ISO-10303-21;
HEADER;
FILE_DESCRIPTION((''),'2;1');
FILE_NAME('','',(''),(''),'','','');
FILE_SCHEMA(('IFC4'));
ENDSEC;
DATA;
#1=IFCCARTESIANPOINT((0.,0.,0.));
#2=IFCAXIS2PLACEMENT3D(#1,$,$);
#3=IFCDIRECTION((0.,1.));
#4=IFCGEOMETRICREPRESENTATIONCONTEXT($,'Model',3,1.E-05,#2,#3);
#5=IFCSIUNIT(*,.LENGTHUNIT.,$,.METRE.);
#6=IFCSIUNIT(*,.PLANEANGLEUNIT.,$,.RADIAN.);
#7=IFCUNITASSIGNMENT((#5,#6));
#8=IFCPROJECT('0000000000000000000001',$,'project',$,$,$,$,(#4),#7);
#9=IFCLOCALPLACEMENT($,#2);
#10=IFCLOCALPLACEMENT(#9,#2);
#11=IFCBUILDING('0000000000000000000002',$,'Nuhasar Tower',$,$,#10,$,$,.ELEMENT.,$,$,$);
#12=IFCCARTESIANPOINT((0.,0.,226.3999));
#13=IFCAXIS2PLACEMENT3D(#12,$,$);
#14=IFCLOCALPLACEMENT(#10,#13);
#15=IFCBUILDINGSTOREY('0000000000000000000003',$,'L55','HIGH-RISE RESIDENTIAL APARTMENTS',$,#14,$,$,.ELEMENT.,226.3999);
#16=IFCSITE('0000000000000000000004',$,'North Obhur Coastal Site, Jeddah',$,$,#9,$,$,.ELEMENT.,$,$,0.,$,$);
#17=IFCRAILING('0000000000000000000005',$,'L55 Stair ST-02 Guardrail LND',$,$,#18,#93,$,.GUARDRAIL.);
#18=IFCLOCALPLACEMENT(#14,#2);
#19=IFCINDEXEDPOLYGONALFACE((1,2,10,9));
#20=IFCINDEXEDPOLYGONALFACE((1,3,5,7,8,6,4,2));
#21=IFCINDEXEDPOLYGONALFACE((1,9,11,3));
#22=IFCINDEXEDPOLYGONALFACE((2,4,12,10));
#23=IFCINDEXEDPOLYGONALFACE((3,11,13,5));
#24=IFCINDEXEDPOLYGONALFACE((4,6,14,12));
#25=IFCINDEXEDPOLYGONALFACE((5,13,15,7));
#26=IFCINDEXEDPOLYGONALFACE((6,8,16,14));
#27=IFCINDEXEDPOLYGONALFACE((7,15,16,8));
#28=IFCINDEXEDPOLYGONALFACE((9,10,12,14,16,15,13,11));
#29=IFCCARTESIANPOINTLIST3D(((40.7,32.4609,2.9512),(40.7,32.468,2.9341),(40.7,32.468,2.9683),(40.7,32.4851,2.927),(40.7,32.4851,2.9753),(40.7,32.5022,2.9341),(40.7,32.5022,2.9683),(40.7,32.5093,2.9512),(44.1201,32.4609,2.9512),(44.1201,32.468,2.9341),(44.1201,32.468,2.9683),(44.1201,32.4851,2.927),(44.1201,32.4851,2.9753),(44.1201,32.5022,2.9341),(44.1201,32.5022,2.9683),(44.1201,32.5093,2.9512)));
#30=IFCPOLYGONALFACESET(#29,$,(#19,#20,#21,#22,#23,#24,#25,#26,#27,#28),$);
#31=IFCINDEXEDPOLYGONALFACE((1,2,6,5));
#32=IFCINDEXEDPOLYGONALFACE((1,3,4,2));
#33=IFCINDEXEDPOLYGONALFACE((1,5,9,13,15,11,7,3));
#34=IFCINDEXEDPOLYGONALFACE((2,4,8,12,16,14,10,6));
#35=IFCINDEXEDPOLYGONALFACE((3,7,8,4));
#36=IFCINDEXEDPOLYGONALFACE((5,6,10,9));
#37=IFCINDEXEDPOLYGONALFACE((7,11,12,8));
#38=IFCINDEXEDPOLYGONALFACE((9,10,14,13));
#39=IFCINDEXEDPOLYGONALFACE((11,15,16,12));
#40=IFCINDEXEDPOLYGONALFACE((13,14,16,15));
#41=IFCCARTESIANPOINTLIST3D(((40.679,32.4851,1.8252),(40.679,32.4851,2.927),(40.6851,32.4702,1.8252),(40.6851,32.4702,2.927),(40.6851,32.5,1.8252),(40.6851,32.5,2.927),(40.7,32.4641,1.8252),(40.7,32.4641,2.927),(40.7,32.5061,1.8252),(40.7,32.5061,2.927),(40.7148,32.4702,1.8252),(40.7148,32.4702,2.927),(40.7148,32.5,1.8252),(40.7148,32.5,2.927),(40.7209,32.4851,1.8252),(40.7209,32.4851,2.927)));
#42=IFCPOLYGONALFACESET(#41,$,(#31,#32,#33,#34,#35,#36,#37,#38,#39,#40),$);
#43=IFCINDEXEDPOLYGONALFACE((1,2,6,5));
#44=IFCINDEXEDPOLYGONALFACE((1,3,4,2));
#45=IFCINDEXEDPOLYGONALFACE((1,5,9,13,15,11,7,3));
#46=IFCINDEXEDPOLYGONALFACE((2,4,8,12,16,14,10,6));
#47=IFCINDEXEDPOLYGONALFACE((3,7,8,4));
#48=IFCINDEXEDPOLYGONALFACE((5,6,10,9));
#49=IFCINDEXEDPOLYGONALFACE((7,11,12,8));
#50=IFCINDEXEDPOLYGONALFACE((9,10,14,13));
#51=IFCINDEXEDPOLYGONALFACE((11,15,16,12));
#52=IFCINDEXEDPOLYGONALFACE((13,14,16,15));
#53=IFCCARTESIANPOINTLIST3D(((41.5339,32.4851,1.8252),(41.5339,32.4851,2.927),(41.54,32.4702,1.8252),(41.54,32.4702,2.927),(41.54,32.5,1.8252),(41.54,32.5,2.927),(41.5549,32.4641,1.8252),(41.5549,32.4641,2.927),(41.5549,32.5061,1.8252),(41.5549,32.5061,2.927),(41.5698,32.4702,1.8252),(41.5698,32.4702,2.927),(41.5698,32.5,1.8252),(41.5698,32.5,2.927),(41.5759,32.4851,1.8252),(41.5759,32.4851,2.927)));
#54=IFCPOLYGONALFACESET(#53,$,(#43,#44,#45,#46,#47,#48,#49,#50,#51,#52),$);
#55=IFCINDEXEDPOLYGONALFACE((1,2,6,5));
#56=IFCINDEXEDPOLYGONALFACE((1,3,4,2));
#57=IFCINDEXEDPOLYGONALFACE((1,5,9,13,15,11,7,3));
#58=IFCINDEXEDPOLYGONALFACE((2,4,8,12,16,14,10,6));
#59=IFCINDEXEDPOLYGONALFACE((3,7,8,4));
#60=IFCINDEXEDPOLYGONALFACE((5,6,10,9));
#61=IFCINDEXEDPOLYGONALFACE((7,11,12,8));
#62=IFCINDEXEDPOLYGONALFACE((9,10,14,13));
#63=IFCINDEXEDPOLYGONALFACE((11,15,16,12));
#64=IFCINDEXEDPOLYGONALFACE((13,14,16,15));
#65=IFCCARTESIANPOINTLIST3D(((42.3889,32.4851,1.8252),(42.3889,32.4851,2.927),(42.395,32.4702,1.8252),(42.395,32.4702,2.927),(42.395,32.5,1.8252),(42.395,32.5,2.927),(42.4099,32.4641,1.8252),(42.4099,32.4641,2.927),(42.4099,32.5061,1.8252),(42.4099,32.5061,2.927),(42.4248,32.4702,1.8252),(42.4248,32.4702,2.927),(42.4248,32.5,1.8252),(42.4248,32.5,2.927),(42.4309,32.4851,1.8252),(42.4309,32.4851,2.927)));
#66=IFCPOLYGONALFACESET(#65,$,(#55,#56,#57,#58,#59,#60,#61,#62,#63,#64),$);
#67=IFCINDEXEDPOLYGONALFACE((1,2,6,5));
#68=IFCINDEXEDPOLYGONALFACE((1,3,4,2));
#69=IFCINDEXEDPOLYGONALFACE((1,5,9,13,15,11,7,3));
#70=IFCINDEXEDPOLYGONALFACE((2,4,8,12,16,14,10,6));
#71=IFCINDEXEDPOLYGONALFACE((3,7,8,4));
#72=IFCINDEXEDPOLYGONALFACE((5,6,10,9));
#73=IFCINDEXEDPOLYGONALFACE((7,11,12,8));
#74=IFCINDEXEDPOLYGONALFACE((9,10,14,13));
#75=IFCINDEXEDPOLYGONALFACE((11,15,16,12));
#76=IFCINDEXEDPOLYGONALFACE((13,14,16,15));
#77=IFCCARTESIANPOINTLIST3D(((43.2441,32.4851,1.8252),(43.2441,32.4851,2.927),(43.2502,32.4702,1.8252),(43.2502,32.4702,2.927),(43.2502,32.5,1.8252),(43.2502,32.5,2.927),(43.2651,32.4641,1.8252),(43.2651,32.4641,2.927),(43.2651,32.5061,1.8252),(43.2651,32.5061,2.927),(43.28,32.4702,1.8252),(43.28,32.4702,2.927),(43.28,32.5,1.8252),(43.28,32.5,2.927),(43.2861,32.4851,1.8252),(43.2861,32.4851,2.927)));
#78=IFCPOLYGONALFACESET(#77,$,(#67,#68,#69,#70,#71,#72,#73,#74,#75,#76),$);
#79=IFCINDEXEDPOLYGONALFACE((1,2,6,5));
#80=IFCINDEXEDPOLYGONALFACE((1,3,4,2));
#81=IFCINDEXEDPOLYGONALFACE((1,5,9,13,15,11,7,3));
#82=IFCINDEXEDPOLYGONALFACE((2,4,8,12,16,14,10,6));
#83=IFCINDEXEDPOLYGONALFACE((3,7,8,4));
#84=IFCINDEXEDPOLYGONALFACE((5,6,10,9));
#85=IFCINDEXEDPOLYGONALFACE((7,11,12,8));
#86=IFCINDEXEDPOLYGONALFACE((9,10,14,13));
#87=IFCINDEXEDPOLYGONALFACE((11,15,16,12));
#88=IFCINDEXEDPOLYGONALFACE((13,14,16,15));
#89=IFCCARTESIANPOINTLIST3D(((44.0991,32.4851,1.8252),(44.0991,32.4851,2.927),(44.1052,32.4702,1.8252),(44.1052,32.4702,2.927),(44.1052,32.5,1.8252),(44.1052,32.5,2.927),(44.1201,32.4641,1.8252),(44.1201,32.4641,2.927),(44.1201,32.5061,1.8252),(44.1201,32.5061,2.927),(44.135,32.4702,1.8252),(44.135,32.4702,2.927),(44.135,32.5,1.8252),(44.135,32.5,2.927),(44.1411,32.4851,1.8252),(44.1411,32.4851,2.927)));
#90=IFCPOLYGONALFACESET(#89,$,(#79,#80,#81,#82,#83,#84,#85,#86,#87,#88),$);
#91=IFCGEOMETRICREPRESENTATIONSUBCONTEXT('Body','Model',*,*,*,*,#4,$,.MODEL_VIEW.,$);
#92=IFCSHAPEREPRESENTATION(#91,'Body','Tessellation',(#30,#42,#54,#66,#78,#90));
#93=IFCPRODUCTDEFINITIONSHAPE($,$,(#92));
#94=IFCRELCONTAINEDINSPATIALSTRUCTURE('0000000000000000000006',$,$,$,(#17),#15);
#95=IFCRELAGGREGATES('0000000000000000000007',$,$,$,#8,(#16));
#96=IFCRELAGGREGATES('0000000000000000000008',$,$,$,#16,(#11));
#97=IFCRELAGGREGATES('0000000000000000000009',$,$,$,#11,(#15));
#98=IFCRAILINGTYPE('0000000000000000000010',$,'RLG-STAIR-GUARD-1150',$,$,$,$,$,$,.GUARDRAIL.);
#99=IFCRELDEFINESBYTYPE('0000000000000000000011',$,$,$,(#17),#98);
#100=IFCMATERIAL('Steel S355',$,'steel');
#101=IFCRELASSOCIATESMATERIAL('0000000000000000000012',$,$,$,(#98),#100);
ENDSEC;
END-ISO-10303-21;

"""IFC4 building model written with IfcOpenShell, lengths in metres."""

from ifc_helpers import new_model, si_unit, direction, frame, origin, place, context, subcontext, project, spatial, polyline, outline, extrude, material, type_object, element, save


model = new_model("IFC4")

# Units and contexts
model_context = context("Model", 3, precision=1e-05, world=origin(), true_north=direction((0.0, 1.0)))
body_context = subcontext(model_context, "Body", "Model", "MODEL_VIEW")
ifc_project = project(units=[si_unit("LENGTHUNIT", "METRE"), si_unit("PLANEANGLEUNIT", "RADIAN")], contexts=[model_context])

# Site, building, storey
site_placement = place(None, origin())
site = spatial("IfcSite", under=ifc_project, at=site_placement, Name="North Obhur Coastal Site, Jeddah", CompositionType="ELEMENT", RefElevation=0.0)
building_placement = place(site_placement, origin())
building = spatial("IfcBuilding", under=site, at=building_placement, Name="Nuhasar Tower", CompositionType="ELEMENT")
storey_placement = place(building_placement, frame((0.0, 0.0, 226.3999)))
storey = spatial("IfcBuildingStorey", under=building, at=storey_placement, Name="L55", Description="HIGH-RISE RESIDENTIAL APARTMENTS", CompositionType="ELEMENT", Elevation=226.3999)

# Shared definitions
ifc_material_1 = material(Name="Steel S355", Category="steel")

# Railing
railing_type_1 = type_object("IfcRailingType", Name="RLG-STAIR-GUARD-1150", PredefinedType="GUARDRAIL", material=ifc_material_1)
railing_1_placement = place(storey_placement, frame((40.7, 32.4851, 1.8252)))
element("IfcRailing", 1, at=railing_1_placement, inside=storey, type_object=railing_type_1, Name="L55 Stair ST-02 Guardrail LND", PredefinedType="GUARDRAIL", context=body_context, shape_type="SweptSolid", body=[
    extrude(outline(polyline([(0.0242, 0.0), (0.0171, 0.0171), (0.0, 0.0242), (-0.0171, 0.0171), (-0.0242, 0.0), (-0.0171, -0.0171), (0.0, -0.0242), (0.0171, -0.0171), (0.0242, 0.0)])), frame((0.0, 0.0, 1.126), z_axis=(1.0, 0.0, 0.0), x_axis=(0.0, 1.0, 0.0)), (0.0, 0.0, 1.0), 3.4202),
    extrude(outline(polyline([(0.021, 0.0), (0.0149, 0.0149), (0.0, 0.021), (-0.0149, 0.0149), (-0.021, 0.0), (-0.0149, -0.0149), (0.0, -0.021), (0.0149, -0.0149), (0.021, 0.0)])), origin(), (0.0, 0.0, 1.0), 1.1018),
    extrude(outline(polyline([(0.021, 0.0), (0.0149, 0.0149), (0.0, 0.021), (-0.0149, 0.0149), (-0.021, 0.0), (-0.0149, -0.0149), (0.0, -0.021), (0.0149, -0.0149), (0.021, 0.0)])), frame((0.855, 0.0, 0.0)), (0.0, 0.0, 1.0), 1.1018),
    extrude(outline(polyline([(0.021, 0.0), (0.0149, 0.0149), (0.0, 0.021), (-0.0149, 0.0149), (-0.021, 0.0), (-0.0149, -0.0149), (0.0, -0.021), (0.0149, -0.0149), (0.021, 0.0)])), frame((1.71, 0.0, 0.0)), (0.0, 0.0, 1.0), 1.1018),
    extrude(outline(polyline([(0.021, 0.0), (0.0149, 0.0149), (0.0, 0.021), (-0.0149, 0.0149), (-0.021, 0.0), (-0.0149, -0.0149), (0.0, -0.021), (0.0149, -0.0149), (0.021, 0.0)])), frame((2.5652, 0.0, 0.0)), (0.0, 0.0, 1.0), 1.1018),
    extrude(outline(polyline([(0.021, 0.0), (0.0149, 0.0149), (0.0, 0.021), (-0.0149, 0.0149), (-0.021, 0.0), (-0.0149, -0.0149), (0.0, -0.021), (0.0149, -0.0149), (0.021, 0.0)])), frame((3.4202, 0.0, 0.0)), (0.0, 0.0, 1.0), 1.1018),
])

save(model, "model.ifc")
